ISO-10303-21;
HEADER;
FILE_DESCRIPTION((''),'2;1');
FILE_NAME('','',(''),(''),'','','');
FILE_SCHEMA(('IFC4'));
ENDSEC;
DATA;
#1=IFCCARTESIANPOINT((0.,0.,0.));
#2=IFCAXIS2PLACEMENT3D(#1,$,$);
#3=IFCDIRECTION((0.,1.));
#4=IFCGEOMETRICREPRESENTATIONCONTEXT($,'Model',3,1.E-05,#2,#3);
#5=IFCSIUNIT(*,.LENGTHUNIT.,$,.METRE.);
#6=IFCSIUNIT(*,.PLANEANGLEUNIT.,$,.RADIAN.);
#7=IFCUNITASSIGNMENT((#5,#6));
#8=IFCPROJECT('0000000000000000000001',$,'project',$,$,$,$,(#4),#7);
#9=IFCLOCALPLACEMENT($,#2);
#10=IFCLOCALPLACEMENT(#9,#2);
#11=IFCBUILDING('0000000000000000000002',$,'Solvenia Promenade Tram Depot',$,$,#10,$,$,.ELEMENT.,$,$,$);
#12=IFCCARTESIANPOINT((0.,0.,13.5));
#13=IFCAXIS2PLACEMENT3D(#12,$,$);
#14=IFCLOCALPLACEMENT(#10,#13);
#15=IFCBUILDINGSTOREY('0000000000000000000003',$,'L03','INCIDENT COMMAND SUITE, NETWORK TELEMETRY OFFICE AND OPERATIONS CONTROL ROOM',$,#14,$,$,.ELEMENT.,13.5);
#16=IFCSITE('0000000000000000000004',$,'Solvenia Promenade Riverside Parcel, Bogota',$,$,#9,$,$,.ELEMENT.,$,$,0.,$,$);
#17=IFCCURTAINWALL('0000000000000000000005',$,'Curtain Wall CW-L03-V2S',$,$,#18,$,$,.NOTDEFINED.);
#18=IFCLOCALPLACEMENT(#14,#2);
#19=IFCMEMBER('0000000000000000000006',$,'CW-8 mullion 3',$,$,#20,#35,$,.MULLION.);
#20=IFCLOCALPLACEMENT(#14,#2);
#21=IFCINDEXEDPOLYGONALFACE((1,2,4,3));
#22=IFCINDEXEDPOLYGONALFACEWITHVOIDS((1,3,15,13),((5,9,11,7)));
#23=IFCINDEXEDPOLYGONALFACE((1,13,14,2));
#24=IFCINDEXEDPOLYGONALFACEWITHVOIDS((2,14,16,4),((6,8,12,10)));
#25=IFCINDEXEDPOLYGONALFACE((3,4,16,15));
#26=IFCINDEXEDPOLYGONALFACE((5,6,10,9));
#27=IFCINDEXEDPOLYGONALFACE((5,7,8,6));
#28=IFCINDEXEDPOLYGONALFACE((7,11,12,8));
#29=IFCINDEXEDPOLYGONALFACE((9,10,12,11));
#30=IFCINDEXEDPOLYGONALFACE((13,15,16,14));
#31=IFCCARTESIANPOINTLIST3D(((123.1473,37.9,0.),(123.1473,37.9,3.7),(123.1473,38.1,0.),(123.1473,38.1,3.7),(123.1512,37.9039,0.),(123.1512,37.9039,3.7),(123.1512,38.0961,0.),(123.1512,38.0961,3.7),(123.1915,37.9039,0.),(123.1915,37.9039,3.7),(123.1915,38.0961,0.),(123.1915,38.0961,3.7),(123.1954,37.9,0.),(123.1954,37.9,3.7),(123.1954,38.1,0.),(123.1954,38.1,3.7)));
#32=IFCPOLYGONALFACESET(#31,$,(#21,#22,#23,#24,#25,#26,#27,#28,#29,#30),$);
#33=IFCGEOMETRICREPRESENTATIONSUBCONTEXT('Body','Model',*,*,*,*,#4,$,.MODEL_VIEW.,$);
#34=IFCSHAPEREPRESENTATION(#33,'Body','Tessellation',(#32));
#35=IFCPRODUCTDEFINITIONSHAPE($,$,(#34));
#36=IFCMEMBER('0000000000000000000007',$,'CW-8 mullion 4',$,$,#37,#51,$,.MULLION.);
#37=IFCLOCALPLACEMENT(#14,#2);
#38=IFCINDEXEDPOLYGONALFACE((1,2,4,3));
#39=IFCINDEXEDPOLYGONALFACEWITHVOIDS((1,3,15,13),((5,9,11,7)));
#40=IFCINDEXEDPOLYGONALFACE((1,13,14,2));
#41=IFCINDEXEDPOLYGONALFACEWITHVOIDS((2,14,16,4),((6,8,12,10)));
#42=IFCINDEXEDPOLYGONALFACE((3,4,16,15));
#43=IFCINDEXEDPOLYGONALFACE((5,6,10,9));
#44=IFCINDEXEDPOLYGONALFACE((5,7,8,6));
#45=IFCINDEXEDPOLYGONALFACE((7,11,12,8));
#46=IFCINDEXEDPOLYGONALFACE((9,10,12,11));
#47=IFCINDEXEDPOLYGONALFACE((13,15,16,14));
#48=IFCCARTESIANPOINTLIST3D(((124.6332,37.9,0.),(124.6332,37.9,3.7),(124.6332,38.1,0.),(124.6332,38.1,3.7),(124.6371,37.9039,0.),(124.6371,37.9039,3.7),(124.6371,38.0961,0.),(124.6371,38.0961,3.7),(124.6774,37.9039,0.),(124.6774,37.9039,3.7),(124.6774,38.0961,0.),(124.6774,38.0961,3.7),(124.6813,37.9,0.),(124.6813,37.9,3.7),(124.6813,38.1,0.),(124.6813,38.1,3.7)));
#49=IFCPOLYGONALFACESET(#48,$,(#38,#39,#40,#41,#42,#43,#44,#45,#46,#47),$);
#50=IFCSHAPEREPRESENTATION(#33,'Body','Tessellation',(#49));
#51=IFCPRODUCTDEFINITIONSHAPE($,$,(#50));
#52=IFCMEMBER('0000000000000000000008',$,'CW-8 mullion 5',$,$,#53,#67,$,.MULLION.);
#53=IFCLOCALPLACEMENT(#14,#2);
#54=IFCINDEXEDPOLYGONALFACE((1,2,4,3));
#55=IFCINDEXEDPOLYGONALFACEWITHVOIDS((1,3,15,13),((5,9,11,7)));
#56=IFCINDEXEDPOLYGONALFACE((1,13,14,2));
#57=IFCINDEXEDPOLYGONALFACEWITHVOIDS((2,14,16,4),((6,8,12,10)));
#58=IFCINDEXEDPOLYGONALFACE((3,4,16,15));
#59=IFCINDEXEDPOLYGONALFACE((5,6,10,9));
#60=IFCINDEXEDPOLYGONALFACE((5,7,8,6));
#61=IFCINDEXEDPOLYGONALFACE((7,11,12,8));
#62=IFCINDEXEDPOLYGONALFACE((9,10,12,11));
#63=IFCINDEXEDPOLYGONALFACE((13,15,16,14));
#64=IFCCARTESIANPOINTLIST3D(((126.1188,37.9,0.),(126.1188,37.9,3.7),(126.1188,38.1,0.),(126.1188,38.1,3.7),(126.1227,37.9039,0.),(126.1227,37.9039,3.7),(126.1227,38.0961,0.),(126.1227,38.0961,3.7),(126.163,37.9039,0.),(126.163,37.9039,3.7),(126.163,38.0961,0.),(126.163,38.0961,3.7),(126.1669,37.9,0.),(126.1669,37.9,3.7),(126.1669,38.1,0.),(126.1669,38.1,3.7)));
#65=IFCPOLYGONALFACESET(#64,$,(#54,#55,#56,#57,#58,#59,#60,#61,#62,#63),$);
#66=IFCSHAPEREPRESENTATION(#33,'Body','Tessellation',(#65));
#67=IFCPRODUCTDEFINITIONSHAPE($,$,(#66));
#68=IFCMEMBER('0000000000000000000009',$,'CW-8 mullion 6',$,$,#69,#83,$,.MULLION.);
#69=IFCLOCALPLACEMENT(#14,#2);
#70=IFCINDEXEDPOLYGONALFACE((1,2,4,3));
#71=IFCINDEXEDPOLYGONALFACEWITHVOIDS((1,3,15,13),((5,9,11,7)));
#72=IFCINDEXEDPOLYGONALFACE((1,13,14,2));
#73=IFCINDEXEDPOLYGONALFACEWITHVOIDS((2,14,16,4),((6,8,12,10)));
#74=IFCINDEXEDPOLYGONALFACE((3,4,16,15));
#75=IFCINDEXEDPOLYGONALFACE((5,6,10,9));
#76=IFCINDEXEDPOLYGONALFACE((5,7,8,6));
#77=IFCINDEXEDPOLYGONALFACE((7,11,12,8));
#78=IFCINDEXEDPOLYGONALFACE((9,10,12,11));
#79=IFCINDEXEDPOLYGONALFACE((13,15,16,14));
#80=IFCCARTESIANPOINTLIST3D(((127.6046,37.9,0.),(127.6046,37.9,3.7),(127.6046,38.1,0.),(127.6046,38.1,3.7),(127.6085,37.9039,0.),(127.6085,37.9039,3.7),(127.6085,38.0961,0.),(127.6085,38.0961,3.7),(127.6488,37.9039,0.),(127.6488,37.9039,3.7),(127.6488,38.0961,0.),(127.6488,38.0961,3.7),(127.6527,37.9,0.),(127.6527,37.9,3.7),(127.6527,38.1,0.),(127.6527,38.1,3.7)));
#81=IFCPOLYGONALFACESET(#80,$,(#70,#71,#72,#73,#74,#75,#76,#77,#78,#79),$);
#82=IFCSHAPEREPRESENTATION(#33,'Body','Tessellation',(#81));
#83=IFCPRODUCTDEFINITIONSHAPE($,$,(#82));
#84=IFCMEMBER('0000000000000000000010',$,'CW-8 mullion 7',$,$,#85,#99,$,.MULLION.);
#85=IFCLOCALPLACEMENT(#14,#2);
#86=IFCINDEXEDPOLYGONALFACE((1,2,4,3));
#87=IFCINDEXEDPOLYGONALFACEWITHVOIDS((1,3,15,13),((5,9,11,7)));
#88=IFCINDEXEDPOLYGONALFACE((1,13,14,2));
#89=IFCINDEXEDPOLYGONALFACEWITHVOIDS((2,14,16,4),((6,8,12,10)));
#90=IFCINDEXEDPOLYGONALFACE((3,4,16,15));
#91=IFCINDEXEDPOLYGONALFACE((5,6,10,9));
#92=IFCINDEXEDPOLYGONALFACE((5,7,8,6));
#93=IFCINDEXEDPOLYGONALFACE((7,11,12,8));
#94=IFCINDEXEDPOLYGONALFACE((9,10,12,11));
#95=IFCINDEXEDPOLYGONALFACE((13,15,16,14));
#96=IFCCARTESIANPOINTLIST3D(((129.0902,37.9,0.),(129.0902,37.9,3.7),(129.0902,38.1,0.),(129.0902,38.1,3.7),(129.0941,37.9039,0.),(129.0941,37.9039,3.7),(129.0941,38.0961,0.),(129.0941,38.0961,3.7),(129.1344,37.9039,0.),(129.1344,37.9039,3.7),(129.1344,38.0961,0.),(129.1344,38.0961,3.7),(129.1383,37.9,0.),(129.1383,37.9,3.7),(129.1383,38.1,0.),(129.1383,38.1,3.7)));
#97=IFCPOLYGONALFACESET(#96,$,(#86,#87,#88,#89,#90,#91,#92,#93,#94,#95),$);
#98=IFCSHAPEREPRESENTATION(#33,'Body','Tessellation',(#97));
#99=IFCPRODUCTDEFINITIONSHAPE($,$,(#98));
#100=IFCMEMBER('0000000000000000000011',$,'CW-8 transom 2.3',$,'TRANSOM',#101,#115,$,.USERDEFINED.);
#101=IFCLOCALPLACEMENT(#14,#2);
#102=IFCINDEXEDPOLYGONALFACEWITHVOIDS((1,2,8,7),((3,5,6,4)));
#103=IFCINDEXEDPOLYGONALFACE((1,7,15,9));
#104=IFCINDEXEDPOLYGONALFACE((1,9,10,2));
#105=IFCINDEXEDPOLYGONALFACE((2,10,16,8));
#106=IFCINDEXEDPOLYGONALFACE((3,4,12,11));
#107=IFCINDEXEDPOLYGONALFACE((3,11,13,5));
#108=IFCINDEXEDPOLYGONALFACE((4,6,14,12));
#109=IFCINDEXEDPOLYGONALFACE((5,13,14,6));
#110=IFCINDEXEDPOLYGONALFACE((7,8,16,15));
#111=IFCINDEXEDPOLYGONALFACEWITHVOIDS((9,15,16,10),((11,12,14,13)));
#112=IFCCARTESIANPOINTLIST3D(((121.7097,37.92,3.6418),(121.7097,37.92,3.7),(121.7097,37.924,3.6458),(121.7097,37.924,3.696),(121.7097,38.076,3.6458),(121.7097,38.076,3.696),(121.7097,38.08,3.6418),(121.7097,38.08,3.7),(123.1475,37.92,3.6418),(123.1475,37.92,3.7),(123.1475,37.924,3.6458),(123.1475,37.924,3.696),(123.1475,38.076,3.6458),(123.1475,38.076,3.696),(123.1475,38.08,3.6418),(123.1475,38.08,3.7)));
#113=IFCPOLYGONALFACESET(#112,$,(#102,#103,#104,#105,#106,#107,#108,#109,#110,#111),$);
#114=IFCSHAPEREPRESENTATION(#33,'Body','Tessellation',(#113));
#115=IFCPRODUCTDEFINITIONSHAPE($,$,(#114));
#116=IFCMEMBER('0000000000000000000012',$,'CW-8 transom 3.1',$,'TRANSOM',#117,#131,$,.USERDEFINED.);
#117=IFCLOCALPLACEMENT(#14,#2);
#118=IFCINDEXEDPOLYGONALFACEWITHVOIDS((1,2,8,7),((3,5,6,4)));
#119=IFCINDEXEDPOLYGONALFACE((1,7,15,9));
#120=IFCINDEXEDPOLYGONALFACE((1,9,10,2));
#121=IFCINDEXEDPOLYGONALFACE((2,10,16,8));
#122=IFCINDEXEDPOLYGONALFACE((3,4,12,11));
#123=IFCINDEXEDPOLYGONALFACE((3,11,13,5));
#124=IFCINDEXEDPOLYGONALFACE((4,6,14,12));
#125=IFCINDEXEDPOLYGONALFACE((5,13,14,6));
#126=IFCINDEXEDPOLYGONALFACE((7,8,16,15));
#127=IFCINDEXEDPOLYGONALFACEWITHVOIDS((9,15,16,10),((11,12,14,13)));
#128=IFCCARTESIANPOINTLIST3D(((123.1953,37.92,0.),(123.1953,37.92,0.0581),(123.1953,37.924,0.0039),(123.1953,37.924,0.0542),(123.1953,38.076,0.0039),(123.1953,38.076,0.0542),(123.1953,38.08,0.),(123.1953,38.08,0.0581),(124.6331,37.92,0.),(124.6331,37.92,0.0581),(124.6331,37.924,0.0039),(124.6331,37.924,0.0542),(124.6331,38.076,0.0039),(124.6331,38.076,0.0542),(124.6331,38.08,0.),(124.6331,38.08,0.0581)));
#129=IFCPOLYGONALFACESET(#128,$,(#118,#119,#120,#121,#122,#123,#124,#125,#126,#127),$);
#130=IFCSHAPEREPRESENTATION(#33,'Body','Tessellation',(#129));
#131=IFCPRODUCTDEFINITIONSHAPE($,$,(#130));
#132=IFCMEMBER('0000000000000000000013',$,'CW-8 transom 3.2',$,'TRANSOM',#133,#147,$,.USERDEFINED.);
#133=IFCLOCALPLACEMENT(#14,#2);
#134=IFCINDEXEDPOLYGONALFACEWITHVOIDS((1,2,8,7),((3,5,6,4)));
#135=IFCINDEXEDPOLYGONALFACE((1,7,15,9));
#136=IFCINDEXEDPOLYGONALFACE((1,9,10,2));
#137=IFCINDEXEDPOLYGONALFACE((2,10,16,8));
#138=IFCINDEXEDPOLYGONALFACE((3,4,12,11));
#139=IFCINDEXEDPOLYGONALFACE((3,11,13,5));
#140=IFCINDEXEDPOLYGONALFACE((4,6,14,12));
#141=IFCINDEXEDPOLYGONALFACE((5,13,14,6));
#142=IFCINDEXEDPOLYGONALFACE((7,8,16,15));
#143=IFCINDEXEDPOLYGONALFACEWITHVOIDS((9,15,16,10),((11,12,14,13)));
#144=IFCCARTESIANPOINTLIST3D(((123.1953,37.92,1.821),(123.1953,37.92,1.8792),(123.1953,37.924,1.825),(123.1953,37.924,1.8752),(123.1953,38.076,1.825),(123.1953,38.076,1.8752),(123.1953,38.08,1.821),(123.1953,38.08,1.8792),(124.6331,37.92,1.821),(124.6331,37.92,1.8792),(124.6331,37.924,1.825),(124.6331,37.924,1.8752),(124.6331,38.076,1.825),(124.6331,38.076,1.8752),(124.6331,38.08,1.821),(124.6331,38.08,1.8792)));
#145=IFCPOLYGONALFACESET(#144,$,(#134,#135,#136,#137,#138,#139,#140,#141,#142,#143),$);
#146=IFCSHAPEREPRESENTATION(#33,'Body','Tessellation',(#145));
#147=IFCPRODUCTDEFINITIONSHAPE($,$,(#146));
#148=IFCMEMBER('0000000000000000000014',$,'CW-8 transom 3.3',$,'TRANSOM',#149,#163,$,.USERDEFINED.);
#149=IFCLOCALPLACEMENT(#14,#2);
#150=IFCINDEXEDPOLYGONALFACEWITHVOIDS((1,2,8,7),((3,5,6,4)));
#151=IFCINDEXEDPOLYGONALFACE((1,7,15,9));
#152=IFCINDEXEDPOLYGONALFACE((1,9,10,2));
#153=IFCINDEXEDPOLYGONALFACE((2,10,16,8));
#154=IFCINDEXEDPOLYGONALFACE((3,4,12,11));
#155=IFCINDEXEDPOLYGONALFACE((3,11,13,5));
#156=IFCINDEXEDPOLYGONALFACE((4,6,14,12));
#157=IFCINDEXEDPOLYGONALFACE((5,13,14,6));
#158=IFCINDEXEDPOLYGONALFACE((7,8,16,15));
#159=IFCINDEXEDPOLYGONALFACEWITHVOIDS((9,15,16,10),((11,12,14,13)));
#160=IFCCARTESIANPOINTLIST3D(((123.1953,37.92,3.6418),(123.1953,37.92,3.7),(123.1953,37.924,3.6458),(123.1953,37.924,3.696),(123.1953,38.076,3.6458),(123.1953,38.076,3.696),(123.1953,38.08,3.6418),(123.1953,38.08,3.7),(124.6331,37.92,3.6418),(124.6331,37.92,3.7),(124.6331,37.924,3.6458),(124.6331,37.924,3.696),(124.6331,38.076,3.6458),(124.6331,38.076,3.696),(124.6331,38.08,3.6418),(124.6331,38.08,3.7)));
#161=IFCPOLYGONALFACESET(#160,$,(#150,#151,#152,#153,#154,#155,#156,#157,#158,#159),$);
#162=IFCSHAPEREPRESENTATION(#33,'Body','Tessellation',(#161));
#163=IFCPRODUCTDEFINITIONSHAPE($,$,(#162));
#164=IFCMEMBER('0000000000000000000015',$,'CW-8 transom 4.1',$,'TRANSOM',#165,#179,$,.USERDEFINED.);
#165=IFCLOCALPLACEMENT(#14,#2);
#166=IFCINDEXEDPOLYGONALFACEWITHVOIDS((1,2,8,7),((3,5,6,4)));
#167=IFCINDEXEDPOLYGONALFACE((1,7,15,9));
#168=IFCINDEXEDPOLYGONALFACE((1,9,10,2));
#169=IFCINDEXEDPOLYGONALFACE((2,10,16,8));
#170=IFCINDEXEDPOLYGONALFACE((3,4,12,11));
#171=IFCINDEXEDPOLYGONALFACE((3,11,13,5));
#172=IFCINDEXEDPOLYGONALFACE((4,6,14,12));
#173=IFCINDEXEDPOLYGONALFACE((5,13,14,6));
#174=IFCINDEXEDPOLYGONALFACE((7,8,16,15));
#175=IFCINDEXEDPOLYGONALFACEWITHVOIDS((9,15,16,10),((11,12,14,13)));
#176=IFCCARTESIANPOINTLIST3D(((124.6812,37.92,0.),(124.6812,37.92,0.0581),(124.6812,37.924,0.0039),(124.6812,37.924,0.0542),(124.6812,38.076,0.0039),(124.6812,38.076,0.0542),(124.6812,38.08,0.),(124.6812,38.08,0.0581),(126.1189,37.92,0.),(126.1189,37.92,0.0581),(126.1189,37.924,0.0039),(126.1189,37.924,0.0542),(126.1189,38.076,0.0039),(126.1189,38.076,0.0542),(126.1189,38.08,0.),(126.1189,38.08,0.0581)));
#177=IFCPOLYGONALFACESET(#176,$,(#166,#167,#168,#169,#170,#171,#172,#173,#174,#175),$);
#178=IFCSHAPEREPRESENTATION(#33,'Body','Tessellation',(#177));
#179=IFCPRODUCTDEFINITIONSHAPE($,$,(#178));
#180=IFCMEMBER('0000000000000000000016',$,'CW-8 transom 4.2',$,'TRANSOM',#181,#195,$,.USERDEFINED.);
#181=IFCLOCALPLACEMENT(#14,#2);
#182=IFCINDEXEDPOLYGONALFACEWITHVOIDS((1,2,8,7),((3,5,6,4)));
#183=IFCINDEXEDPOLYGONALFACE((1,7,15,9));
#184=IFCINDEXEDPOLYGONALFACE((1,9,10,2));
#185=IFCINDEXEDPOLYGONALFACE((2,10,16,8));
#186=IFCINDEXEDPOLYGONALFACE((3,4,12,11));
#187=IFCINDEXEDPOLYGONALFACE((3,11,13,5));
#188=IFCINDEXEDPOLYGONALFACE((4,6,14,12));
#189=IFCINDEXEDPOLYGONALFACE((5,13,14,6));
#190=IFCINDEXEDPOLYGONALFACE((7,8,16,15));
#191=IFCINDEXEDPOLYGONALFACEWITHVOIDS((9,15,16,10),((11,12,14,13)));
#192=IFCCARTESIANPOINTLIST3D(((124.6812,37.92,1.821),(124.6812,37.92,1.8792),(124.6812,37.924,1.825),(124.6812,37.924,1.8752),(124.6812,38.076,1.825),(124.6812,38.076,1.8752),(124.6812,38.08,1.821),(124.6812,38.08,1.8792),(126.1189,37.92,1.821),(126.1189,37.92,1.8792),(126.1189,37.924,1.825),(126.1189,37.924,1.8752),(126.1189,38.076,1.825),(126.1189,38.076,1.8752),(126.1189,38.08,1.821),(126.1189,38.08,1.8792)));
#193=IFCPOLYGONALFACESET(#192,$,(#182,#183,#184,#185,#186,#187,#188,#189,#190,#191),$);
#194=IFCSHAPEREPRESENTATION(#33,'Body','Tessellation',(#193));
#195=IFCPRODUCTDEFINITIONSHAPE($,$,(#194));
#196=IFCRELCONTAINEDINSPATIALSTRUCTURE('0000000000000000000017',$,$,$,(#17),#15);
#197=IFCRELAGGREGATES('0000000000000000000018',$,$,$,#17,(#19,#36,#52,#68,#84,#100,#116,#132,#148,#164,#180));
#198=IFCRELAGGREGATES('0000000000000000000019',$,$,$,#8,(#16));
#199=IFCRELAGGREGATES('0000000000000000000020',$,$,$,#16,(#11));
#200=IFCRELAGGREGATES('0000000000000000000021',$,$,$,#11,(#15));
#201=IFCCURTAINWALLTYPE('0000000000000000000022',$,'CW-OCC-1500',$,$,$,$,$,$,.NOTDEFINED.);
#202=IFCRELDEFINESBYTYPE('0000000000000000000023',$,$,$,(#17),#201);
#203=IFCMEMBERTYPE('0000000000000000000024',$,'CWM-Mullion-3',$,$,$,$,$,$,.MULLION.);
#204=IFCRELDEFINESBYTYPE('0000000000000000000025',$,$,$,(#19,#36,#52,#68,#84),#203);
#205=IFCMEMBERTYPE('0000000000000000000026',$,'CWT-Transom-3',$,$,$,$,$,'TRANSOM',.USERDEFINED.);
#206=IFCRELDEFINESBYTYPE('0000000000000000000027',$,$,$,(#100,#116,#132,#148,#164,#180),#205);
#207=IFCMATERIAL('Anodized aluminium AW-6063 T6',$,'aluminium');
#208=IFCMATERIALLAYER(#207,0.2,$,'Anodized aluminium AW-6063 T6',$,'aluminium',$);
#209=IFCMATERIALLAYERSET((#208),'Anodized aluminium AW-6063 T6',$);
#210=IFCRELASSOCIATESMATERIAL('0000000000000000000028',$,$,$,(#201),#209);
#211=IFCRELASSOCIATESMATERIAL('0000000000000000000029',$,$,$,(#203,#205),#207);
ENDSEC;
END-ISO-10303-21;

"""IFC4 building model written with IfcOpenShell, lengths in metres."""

from ifc_helpers import new_model, si_unit, direction, frame, origin, origin_2d, place, context, subcontext, project, spatial, hollow_rectangle, extrude, material, layer, layer_set, material_profile, profile_set, type_object, element, aggregate, save


model = new_model("IFC4")

# Units and contexts
model_context = context("Model", 3, precision=1e-05, world=origin(), true_north=direction((0.0, 1.0)))
body_context = subcontext(model_context, "Body", "Model", "MODEL_VIEW")
ifc_project = project(units=[si_unit("LENGTHUNIT", "METRE"), si_unit("PLANEANGLEUNIT", "RADIAN")], contexts=[model_context])

# Site, building, storey
site_placement = place(None, origin())
site = spatial("IfcSite", under=ifc_project, at=site_placement, Name="Solvenia Promenade Riverside Parcel, Bogota", CompositionType="ELEMENT", RefElevation=0.0)
building_placement = place(site_placement, origin())
building = spatial("IfcBuilding", under=site, at=building_placement, Name="Solvenia Promenade Tram Depot", CompositionType="ELEMENT")
storey_placement = place(building_placement, frame((0.0, 0.0, 13.5)))
storey = spatial("IfcBuildingStorey", under=building, at=storey_placement, Name="L03", Description="INCIDENT COMMAND SUITE, NETWORK TELEMETRY OFFICE AND OPERATIONS CONTROL ROOM", CompositionType="ELEMENT", Elevation=13.5)

# Curtain wall, members
ifc_material_1 = material(Name="Anodized aluminium AW-6063 T6", Category="aluminium")
ifc_layer_1 = layer(ifc_material_1, 0.2, Name="Anodized aluminium AW-6063 T6", Category="aluminium")
ifc_layer_set_1 = layer_set([ifc_layer_1], Name="Anodized aluminium AW-6063 T6")
curtain_wall_type = type_object("IfcCurtainWallType", Name="CW-OCC-1500", PredefinedType="NOTDEFINED", material=ifc_layer_set_1)
curtain_wall_placement = place(storey_placement, origin())
curtain_wall = element("IfcCurtainWall", 1, at=curtain_wall_placement, inside=storey, type_object=curtain_wall_type, Name="Curtain Wall CW-L03-V2S", PredefinedType="NOTDEFINED")
ifc_material_profile_1 = material_profile(ifc_material_1, hollow_rectangle(XDim=0.2, YDim=0.0481, WallThickness=0.0039, at=origin_2d()), Name="ALU-M3", Category="aluminium")
ifc_profile_set_1 = profile_set([ifc_material_profile_1], Name="Anodized aluminium AW-6063 T6")
member_type_1 = type_object("IfcMemberType", Name="CWM-Mullion-3", PredefinedType="MULLION", material=ifc_profile_set_1)
member_1_placement = place(storey_placement, frame((123.1714, 38.0, 0.0), z_axis=(0.0, 0.0, 1.0), x_axis=(0.0, 1.0, 0.0)))
member_1 = element("IfcMember", 2, at=member_1_placement, type_object=member_type_1, Name="CW-8 mullion 3", PredefinedType="MULLION", context=body_context, shape_type="SweptSolid", body=[
    extrude(hollow_rectangle(XDim=0.2, YDim=0.0481, WallThickness=0.0039, at=origin_2d()), origin(), (0.0, 0.0, 1.0), 3.7),
])
member_2_placement = place(storey_placement, frame((124.6572, 38.0, 0.0), z_axis=(0.0, 0.0, 1.0), x_axis=(0.0, 1.0, 0.0)))
member_2 = element("IfcMember", 3, at=member_2_placement, type_object=member_type_1, Name="CW-8 mullion 4", PredefinedType="MULLION", context=body_context, shape_type="SweptSolid", body=[
    extrude(hollow_rectangle(XDim=0.2, YDim=0.0481, WallThickness=0.0039, at=origin_2d()), origin(), (0.0, 0.0, 1.0), 3.7),
])
member_3_placement = place(storey_placement, frame((126.1428, 38.0, 0.0), z_axis=(0.0, 0.0, 1.0), x_axis=(0.0, 1.0, 0.0)))
member_3 = element("IfcMember", 4, at=member_3_placement, type_object=member_type_1, Name="CW-8 mullion 5", PredefinedType="MULLION", context=body_context, shape_type="SweptSolid", body=[
    extrude(hollow_rectangle(XDim=0.2, YDim=0.0481, WallThickness=0.0039, at=origin_2d()), origin(), (0.0, 0.0, 1.0), 3.7),
])
member_4_placement = place(storey_placement, frame((127.6287, 38.0, 0.0), z_axis=(0.0, 0.0, 1.0), x_axis=(0.0, 1.0, 0.0)))
member_4 = element("IfcMember", 5, at=member_4_placement, type_object=member_type_1, Name="CW-8 mullion 6", PredefinedType="MULLION", context=body_context, shape_type="SweptSolid", body=[
    extrude(hollow_rectangle(XDim=0.2, YDim=0.0481, WallThickness=0.0039, at=origin_2d()), origin(), (0.0, 0.0, 1.0), 3.7),
])
member_5_placement = place(storey_placement, frame((129.1143, 38.0, 0.0), z_axis=(0.0, 0.0, 1.0), x_axis=(0.0, 1.0, 0.0)))
member_5 = element("IfcMember", 6, at=member_5_placement, type_object=member_type_1, Name="CW-8 mullion 7", PredefinedType="MULLION", context=body_context, shape_type="SweptSolid", body=[
    extrude(hollow_rectangle(XDim=0.2, YDim=0.0481, WallThickness=0.0039, at=origin_2d()), origin(), (0.0, 0.0, 1.0), 3.7),
])
ifc_material_profile_2 = material_profile(ifc_material_1, hollow_rectangle(XDim=0.1599, YDim=0.0581, WallThickness=0.0039, at=origin_2d()), Name="ALU-T3", Category="aluminium")
ifc_profile_set_2 = profile_set([ifc_material_profile_2], Name="Anodized aluminium AW-6063 T6")
member_type_2 = type_object("IfcMemberType", Name="CWT-Transom-3", ElementType="TRANSOM", PredefinedType="USERDEFINED", material=ifc_profile_set_2)
member_6_placement = place(storey_placement, frame((121.7097, 38.0, 3.6709), z_axis=(1.0, 0.0, 0.0), x_axis=(0.0, 1.0, 0.0)))
member_6 = element("IfcMember", 7, at=member_6_placement, type_object=member_type_2, Name="CW-8 transom 2.3", ObjectType="TRANSOM", PredefinedType="USERDEFINED", context=body_context, shape_type="SweptSolid", body=[
    extrude(hollow_rectangle(XDim=0.1599, YDim=0.0581, WallThickness=0.0039, at=origin_2d()), origin(), (0.0, 0.0, 1.0), 1.4377),
])
member_7_placement = place(storey_placement, frame((123.1953, 38.0, 0.0291), z_axis=(1.0, 0.0, 0.0), x_axis=(0.0, 1.0, 0.0)))
member_7 = element("IfcMember", 8, at=member_7_placement, type_object=member_type_2, Name="CW-8 transom 3.1", ObjectType="TRANSOM", PredefinedType="USERDEFINED", context=body_context, shape_type="SweptSolid", body=[
    extrude(hollow_rectangle(XDim=0.1599, YDim=0.0581, WallThickness=0.0039, at=origin_2d()), origin(), (0.0, 0.0, 1.0), 1.4377),
])
member_8_placement = place(storey_placement, frame((123.1953, 38.0, 1.8501), z_axis=(1.0, 0.0, 0.0), x_axis=(0.0, 1.0, 0.0)))
member_8 = element("IfcMember", 9, at=member_8_placement, type_object=member_type_2, Name="CW-8 transom 3.2", ObjectType="TRANSOM", PredefinedType="USERDEFINED", context=body_context, shape_type="SweptSolid", body=[
    extrude(hollow_rectangle(XDim=0.1599, YDim=0.0581, WallThickness=0.0039, at=origin_2d()), origin(), (0.0, 0.0, 1.0), 1.4377),
])
member_9_placement = place(storey_placement, frame((123.1953, 38.0, 3.6709), z_axis=(1.0, 0.0, 0.0), x_axis=(0.0, 1.0, 0.0)))
member_9 = element("IfcMember", 10, at=member_9_placement, type_object=member_type_2, Name="CW-8 transom 3.3", ObjectType="TRANSOM", PredefinedType="USERDEFINED", context=body_context, shape_type="SweptSolid", body=[
    extrude(hollow_rectangle(XDim=0.1599, YDim=0.0581, WallThickness=0.0039, at=origin_2d()), origin(), (0.0, 0.0, 1.0), 1.4377),
])
member_10_placement = place(storey_placement, frame((124.6812, 38.0, 0.0291), z_axis=(1.0, 0.0, 0.0), x_axis=(0.0, 1.0, 0.0)))
member_10 = element("IfcMember", 11, at=member_10_placement, type_object=member_type_2, Name="CW-8 transom 4.1", ObjectType="TRANSOM", PredefinedType="USERDEFINED", context=body_context, shape_type="SweptSolid", body=[
    extrude(hollow_rectangle(XDim=0.1599, YDim=0.0581, WallThickness=0.0039, at=origin_2d()), origin(), (0.0, 0.0, 1.0), 1.4377),
])
member_11_placement = place(storey_placement, frame((124.6812, 38.0, 1.8501), z_axis=(1.0, 0.0, 0.0), x_axis=(0.0, 1.0, 0.0)))
member_11 = element("IfcMember", 12, at=member_11_placement, type_object=member_type_2, Name="CW-8 transom 4.2", ObjectType="TRANSOM", PredefinedType="USERDEFINED", context=body_context, shape_type="SweptSolid", body=[
    extrude(hollow_rectangle(XDim=0.1599, YDim=0.0581, WallThickness=0.0039, at=origin_2d()), origin(), (0.0, 0.0, 1.0), 1.4377),
])

aggregate(curtain_wall, [member_1, member_2, member_3, member_4, member_5, member_6, member_7, member_8, member_9, member_10, member_11])

save(model, "model.ifc")
